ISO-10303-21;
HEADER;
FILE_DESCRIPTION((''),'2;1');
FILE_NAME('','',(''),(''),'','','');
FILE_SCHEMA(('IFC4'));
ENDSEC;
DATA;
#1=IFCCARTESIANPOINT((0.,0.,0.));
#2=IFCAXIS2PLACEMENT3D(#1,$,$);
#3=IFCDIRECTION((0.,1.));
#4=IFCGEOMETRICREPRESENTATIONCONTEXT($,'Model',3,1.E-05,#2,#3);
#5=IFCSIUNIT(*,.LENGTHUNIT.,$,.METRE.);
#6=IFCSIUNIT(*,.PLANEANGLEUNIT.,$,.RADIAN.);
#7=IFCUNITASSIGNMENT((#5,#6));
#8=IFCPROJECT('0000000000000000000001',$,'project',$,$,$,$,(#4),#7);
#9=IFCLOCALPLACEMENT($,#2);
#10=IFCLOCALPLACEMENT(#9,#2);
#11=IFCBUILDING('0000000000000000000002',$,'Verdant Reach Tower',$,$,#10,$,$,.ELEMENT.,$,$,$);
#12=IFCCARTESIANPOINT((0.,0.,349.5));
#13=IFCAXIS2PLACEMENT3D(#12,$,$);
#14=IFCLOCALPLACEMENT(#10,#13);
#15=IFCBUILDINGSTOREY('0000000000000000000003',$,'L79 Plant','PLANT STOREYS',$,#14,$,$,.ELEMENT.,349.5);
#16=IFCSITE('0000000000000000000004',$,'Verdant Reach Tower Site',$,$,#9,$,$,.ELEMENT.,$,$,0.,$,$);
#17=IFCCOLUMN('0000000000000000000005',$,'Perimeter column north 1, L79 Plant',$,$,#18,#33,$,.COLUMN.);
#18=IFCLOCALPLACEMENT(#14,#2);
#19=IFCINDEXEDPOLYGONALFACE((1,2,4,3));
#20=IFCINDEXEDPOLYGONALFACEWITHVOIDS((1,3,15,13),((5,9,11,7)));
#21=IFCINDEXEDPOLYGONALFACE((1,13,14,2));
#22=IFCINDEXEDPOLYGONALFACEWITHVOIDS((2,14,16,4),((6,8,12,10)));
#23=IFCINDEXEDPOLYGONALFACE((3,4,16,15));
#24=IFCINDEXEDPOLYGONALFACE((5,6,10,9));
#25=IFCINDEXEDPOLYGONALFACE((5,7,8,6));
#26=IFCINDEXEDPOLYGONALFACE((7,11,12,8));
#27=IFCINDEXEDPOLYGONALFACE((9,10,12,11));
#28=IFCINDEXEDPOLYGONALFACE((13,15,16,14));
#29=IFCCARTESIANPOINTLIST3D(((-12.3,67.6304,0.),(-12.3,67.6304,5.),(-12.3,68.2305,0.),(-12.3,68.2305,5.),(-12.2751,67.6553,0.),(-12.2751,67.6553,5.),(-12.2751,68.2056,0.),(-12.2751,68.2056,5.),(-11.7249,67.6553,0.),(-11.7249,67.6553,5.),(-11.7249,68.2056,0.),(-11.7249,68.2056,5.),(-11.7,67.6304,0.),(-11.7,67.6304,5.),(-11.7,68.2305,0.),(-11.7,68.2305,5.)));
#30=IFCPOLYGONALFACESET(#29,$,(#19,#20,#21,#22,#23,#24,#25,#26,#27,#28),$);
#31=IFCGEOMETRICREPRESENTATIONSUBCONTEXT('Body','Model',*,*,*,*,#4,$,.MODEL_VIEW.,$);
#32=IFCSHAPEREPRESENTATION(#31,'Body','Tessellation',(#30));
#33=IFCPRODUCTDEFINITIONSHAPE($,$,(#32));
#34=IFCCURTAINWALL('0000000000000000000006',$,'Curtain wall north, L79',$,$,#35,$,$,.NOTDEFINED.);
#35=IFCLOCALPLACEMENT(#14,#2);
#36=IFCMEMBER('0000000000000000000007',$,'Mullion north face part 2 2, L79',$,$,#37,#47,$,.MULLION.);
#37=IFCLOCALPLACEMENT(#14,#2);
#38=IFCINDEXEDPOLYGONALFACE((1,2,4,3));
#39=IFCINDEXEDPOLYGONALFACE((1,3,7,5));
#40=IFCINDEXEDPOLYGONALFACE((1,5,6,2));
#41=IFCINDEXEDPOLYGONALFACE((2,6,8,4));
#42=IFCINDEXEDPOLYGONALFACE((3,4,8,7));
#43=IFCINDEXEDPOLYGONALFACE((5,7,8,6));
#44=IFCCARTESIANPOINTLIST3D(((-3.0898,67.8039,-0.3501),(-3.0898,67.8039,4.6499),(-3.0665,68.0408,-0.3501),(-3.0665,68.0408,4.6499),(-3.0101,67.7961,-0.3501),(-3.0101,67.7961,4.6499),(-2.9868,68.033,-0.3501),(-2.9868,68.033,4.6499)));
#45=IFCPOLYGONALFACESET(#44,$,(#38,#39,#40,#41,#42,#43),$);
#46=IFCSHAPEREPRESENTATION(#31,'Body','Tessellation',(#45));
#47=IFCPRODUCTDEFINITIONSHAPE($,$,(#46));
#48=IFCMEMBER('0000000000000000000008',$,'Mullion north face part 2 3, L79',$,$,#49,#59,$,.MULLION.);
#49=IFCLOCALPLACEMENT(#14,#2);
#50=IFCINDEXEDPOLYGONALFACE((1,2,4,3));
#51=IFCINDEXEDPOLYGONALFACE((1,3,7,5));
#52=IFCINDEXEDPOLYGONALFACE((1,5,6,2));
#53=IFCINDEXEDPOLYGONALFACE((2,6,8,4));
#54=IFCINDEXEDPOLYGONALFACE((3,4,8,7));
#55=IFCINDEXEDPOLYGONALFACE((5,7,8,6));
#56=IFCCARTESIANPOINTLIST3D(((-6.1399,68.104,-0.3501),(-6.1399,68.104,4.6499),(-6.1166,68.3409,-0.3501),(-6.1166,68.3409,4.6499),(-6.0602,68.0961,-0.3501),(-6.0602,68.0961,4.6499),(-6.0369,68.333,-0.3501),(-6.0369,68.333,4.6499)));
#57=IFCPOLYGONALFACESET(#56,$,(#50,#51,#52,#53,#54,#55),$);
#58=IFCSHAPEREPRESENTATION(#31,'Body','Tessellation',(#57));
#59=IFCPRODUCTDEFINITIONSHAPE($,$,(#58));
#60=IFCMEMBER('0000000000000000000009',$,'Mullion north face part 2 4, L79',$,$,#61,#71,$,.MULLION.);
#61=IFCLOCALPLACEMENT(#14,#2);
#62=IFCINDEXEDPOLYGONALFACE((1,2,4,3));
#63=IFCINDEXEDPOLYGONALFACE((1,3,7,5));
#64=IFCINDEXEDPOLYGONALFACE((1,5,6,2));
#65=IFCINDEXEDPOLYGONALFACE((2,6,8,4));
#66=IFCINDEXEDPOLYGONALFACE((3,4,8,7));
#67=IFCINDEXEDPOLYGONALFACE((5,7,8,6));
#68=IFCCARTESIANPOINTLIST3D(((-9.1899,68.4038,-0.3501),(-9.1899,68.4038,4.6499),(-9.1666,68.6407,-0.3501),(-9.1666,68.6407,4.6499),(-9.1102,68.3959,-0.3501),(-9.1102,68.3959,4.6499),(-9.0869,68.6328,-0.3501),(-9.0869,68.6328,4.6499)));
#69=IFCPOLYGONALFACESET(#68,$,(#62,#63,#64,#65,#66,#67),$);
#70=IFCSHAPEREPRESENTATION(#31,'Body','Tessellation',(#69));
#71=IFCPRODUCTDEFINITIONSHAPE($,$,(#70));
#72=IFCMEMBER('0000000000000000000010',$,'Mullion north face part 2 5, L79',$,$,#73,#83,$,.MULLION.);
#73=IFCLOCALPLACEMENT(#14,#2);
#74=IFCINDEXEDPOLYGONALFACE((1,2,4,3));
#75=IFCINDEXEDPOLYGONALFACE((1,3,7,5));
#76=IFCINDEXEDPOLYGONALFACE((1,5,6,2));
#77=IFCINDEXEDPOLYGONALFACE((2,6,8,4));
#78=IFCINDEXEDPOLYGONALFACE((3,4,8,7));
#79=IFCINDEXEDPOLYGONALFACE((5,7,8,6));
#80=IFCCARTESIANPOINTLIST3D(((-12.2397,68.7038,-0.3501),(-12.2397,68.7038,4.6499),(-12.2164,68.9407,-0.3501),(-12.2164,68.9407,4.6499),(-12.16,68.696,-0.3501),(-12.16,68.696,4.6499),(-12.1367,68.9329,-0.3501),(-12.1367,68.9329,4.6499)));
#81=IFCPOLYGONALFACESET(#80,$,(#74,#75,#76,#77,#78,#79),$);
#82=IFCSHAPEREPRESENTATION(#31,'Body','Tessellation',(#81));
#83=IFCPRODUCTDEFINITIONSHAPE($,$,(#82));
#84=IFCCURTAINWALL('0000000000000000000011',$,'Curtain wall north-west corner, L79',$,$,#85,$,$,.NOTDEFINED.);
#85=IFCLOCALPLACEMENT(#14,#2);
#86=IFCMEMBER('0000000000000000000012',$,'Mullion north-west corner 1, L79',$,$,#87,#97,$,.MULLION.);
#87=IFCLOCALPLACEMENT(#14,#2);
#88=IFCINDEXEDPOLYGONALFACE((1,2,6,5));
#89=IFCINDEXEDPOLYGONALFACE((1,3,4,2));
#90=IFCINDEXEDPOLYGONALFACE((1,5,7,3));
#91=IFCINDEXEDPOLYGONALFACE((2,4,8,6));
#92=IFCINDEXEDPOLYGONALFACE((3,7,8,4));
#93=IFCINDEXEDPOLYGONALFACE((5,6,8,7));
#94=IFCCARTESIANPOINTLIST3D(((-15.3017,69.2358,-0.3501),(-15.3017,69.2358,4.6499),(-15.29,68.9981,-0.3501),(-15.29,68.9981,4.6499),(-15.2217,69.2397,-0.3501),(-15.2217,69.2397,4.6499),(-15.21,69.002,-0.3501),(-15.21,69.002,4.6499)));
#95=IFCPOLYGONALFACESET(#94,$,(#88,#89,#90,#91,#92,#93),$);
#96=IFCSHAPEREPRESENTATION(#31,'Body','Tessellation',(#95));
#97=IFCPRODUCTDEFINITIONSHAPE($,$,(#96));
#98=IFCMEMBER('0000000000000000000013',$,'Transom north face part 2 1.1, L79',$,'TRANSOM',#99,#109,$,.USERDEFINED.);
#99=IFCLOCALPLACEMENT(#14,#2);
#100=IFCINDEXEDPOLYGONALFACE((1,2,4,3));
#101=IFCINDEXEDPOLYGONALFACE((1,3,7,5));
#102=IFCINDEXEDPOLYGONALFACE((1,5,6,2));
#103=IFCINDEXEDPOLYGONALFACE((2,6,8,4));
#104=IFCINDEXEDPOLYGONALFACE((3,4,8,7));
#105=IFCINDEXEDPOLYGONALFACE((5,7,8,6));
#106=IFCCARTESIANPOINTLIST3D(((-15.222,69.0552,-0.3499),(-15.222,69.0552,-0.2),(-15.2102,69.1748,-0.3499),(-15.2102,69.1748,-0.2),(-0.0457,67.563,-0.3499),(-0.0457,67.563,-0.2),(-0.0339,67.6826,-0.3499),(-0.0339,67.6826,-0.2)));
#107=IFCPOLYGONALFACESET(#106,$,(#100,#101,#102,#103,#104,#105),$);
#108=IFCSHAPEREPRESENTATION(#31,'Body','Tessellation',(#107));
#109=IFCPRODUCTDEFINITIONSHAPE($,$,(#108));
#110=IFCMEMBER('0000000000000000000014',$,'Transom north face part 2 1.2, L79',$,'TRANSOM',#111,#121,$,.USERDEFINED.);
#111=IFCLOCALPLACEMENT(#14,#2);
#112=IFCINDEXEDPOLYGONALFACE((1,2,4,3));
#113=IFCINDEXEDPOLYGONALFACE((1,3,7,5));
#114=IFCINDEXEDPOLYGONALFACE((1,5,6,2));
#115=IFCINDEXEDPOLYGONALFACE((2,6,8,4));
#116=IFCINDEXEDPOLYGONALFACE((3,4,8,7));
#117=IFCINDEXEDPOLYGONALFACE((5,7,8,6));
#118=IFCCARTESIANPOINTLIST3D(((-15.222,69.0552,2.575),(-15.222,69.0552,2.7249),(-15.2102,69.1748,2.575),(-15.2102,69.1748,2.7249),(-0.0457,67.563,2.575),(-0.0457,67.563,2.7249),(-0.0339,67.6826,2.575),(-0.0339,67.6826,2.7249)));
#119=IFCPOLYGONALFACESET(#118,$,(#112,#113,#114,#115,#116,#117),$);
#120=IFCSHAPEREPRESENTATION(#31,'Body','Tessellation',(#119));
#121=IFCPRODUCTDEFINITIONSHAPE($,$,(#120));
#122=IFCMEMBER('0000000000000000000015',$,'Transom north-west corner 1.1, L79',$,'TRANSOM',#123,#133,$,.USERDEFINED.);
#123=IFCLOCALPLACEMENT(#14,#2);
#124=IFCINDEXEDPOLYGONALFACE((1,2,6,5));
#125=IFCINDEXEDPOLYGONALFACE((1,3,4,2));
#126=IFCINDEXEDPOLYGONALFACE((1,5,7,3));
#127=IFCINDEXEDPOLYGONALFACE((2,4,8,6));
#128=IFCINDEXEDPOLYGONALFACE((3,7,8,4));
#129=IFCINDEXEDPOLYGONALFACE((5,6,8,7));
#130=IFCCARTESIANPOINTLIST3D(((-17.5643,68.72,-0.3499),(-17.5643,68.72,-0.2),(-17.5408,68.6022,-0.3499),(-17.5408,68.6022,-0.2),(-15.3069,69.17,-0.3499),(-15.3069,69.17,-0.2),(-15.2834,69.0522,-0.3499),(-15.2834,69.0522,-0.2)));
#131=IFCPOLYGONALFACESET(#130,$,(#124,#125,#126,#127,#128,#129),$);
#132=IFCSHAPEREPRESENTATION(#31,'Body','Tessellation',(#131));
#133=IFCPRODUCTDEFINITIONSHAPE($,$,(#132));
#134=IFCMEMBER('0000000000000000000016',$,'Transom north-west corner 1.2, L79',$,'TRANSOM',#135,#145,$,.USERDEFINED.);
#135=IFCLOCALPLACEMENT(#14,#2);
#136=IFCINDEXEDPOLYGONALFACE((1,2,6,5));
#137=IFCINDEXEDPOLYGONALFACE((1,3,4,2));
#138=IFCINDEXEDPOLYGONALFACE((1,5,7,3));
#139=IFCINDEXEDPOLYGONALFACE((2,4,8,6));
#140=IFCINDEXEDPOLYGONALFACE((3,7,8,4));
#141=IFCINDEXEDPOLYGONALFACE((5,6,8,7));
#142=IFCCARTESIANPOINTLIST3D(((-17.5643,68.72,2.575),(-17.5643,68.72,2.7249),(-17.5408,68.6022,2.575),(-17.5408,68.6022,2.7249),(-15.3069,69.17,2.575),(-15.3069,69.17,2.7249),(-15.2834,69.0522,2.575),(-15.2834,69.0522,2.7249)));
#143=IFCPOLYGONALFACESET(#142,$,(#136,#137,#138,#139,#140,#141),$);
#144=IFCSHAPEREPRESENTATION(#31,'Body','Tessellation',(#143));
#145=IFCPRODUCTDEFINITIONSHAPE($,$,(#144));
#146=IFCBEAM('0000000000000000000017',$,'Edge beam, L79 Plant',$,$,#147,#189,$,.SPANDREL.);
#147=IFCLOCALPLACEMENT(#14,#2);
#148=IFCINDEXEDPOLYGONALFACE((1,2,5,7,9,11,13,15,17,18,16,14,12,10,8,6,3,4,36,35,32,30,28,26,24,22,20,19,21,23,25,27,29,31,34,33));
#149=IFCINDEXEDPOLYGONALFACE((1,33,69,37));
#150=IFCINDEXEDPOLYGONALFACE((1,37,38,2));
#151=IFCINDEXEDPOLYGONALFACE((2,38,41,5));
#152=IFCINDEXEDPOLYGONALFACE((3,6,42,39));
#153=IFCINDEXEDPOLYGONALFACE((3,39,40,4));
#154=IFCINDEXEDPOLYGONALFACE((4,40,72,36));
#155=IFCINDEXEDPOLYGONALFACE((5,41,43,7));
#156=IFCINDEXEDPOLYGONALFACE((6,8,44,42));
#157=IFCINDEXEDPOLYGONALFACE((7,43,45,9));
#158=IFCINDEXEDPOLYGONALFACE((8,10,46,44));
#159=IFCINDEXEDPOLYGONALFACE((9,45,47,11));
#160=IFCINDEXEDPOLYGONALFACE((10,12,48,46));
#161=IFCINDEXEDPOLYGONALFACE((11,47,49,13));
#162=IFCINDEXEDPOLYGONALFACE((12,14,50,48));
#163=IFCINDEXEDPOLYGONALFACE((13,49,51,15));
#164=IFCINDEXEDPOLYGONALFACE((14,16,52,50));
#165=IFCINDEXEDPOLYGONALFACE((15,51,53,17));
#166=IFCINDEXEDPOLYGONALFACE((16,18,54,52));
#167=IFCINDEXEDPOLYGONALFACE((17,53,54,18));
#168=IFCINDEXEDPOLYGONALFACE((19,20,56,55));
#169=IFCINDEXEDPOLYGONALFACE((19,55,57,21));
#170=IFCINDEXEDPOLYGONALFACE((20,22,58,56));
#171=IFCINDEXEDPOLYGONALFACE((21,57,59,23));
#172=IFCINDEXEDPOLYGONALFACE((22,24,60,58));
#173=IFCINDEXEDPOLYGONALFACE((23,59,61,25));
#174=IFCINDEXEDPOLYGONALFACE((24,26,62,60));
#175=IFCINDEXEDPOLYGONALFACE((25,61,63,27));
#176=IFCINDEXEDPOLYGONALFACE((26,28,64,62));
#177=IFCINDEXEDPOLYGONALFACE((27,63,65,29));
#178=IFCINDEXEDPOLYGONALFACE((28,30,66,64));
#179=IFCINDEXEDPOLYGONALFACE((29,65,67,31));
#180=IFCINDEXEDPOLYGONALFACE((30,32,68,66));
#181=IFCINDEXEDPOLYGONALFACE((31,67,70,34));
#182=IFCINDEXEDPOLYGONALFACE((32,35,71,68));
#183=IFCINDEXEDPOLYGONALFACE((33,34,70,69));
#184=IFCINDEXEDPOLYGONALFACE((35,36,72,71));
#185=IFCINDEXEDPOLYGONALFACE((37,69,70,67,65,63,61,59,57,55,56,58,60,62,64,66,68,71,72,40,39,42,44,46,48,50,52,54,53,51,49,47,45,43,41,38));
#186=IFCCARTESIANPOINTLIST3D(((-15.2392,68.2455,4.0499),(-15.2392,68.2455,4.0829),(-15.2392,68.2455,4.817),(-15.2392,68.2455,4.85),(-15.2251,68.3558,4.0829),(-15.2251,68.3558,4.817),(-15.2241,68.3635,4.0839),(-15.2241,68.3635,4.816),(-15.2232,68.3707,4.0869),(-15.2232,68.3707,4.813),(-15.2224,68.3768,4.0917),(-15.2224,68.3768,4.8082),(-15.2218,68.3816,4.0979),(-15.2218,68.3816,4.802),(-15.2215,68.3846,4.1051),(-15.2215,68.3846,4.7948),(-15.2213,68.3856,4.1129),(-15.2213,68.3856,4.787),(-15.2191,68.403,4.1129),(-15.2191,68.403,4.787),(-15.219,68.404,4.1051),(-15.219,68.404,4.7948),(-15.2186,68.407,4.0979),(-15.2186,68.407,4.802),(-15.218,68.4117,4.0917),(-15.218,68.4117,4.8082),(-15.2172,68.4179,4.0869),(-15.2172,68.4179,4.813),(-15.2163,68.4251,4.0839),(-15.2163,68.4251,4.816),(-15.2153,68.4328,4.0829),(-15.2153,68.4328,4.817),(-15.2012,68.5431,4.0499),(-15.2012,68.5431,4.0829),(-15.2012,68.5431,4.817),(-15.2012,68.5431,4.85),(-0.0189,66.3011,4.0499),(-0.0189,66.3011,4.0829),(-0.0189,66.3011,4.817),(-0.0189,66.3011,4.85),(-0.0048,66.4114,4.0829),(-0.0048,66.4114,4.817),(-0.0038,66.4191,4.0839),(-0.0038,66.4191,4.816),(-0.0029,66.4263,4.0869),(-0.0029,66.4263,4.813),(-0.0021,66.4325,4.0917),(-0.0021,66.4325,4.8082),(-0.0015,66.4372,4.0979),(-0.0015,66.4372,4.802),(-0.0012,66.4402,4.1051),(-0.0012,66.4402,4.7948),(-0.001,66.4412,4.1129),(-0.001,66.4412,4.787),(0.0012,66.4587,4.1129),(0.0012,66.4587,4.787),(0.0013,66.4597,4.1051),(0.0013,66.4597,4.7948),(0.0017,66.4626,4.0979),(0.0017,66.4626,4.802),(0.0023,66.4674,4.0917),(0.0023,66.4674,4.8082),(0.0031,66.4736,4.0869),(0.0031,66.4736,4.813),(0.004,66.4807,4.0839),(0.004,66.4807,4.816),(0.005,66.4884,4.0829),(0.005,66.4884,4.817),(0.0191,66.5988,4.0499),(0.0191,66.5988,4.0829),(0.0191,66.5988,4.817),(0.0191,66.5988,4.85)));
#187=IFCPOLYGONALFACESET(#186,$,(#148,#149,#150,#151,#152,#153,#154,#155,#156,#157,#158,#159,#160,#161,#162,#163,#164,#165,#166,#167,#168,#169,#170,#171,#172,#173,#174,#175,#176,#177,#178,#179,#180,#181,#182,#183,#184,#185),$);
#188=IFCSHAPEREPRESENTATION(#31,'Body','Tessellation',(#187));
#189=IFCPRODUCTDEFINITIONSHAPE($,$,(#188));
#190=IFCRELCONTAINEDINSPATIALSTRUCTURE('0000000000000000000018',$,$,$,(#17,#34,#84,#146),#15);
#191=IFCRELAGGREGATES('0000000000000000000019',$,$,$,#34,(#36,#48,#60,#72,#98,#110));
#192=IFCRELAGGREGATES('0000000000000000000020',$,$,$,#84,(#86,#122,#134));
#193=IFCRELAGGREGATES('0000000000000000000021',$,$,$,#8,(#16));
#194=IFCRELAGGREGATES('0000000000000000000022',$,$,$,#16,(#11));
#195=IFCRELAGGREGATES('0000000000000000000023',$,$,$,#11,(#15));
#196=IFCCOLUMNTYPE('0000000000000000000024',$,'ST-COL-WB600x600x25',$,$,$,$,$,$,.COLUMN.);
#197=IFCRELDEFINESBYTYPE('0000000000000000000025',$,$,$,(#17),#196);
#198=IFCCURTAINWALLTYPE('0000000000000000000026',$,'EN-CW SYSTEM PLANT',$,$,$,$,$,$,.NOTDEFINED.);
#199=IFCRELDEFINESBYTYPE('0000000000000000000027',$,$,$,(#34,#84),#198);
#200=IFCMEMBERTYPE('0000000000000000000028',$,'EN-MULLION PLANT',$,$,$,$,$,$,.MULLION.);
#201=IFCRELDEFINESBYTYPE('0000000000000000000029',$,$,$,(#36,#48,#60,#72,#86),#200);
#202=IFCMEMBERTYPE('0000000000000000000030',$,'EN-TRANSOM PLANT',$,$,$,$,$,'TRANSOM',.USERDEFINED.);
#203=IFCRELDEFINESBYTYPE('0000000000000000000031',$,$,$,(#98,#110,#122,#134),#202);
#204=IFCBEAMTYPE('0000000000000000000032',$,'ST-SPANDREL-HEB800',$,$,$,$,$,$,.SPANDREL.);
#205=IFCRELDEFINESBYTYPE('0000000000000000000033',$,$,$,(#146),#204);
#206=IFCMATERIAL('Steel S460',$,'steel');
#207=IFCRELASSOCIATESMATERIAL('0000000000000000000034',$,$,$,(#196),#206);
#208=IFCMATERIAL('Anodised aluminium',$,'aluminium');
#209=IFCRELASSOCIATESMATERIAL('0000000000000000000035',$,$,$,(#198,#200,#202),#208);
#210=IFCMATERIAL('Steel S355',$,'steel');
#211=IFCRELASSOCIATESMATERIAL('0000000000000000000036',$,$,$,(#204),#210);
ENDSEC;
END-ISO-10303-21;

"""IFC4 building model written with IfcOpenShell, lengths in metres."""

from ifc_helpers import new_model, si_unit, direction, frame, origin, origin_2d, place, context, subcontext, project, spatial, rectangle, hollow_rectangle, i_section, extrude, material, material_profile, profile_set, type_object, element, aggregate, save


model = new_model("IFC4")

# Units and contexts
model_context = context("Model", 3, precision=1e-05, world=origin(), true_north=direction((0.0, 1.0)))
body_context = subcontext(model_context, "Body", "Model", "MODEL_VIEW")
ifc_project = project(units=[si_unit("LENGTHUNIT", "METRE"), si_unit("PLANEANGLEUNIT", "RADIAN")], contexts=[model_context])

# Site, building, storey
site_placement = place(None, origin())
site = spatial("IfcSite", under=ifc_project, at=site_placement, Name="Verdant Reach Tower Site", CompositionType="ELEMENT", RefElevation=0.0)
building_placement = place(site_placement, origin())
building = spatial("IfcBuilding", under=site, at=building_placement, Name="Verdant Reach Tower", CompositionType="ELEMENT")
storey_placement = place(building_placement, frame((0.0, 0.0, 349.5)))
storey = spatial("IfcBuildingStorey", under=building, at=storey_placement, Name="L79 Plant", Description="PLANT STOREYS", CompositionType="ELEMENT", Elevation=349.5)

# Column
ifc_material_1 = material(Name="Steel S460", Category="steel")
ifc_material_profile_1 = material_profile(ifc_material_1, hollow_rectangle(XDim=0.6001, YDim=0.6001, WallThickness=0.0249, at=origin_2d()), Name="WB 600x600x25")
ifc_profile_set_1 = profile_set([ifc_material_profile_1], Name="Steel S460")
column_type = type_object("IfcColumnType", Name="ST-COL-WB600x600x25", PredefinedType="COLUMN", material=ifc_profile_set_1)
column_placement = place(storey_placement, frame((-12.0, 67.9304, 0.0), z_axis=(0.0, 0.0, 1.0), x_axis=(1.0, 0.0, 0.0)))
element("IfcColumn", 1, at=column_placement, inside=storey, type_object=column_type, Name="Perimeter column north 1, L79 Plant", PredefinedType="COLUMN", context=body_context, shape_type="SweptSolid", body=[
    extrude(hollow_rectangle(XDim=0.6001, YDim=0.6001, WallThickness=0.0249, at=origin_2d()), origin(), (0.0, 0.0, 1.0), 5.0),
])

# Curtain wall, members
ifc_material_2 = material(Name="Anodised aluminium", Category="aluminium")
curtain_wall_type = type_object("IfcCurtainWallType", Name="EN-CW SYSTEM PLANT", PredefinedType="NOTDEFINED", material=ifc_material_2)
curtain_wall_1_placement = place(storey_placement, origin())
curtain_wall_1 = element("IfcCurtainWall", 2, at=curtain_wall_1_placement, inside=storey, type_object=curtain_wall_type, Name="Curtain wall north, L79", PredefinedType="NOTDEFINED")
ifc_material_profile_2 = material_profile(ifc_material_2, rectangle(XDim=0.238, YDim=0.0801, at=origin_2d()), Name="Mullion 80x240")
ifc_profile_set_2 = profile_set([ifc_material_profile_2], Name="Anodised aluminium")
member_type_1 = type_object("IfcMemberType", Name="EN-MULLION PLANT", PredefinedType="MULLION", material=ifc_profile_set_2)
member_1_placement = place(storey_placement, frame((-3.0383, 67.9185, -0.3501), z_axis=(0.0, 0.0, 1.0), x_axis=(0.097888, 0.995197, 0.0)))
member_1 = element("IfcMember", 3, at=member_1_placement, type_object=member_type_1, Name="Mullion north face part 2 2, L79", PredefinedType="MULLION", context=body_context, shape_type="SweptSolid", body=[
    extrude(rectangle(XDim=0.238, YDim=0.0801, at=origin_2d()), origin(), (0.0, 0.0, 1.0), 5.0),
])
member_2_placement = place(storey_placement, frame((-6.0884, 68.2185, -0.3501), z_axis=(0.0, 0.0, 1.0), x_axis=(0.097888, 0.995197, 0.0)))
member_2 = element("IfcMember", 4, at=member_2_placement, type_object=member_type_1, Name="Mullion north face part 2 3, L79", PredefinedType="MULLION", context=body_context, shape_type="SweptSolid", body=[
    extrude(rectangle(XDim=0.238, YDim=0.0801, at=origin_2d()), origin(), (0.0, 0.0, 1.0), 5.0),
])
member_3_placement = place(storey_placement, frame((-9.1384, 68.5183, -0.3501), z_axis=(0.0, 0.0, 1.0), x_axis=(0.097888, 0.995197, 0.0)))
member_3 = element("IfcMember", 5, at=member_3_placement, type_object=member_type_1, Name="Mullion north face part 2 4, L79", PredefinedType="MULLION", context=body_context, shape_type="SweptSolid", body=[
    extrude(rectangle(XDim=0.238, YDim=0.0801, at=origin_2d()), origin(), (0.0, 0.0, 1.0), 5.0),
])
member_4_placement = place(storey_placement, frame((-12.1882, 68.8184, -0.3501), z_axis=(0.0, 0.0, 1.0), x_axis=(0.097888, 0.995197, 0.0)))
member_4 = element("IfcMember", 6, at=member_4_placement, type_object=member_type_1, Name="Mullion north face part 2 5, L79", PredefinedType="MULLION", context=body_context, shape_type="SweptSolid", body=[
    extrude(rectangle(XDim=0.238, YDim=0.0801, at=origin_2d()), origin(), (0.0, 0.0, 1.0), 5.0),
])

# Curtain wall, member
curtain_wall_2_placement = place(storey_placement, origin())
curtain_wall_2 = element("IfcCurtainWall", 7, at=curtain_wall_2_placement, inside=storey, type_object=curtain_wall_type, Name="Curtain wall north-west corner, L79", PredefinedType="NOTDEFINED")
member_5_placement = place(storey_placement, frame((-15.2559, 69.1189, -0.3501), z_axis=(0.0, 0.0, 1.0), x_axis=(-0.049128, 0.998793, 0.0)))
member_5 = element("IfcMember", 8, at=member_5_placement, type_object=member_type_1, Name="Mullion north-west corner 1, L79", PredefinedType="MULLION", context=body_context, shape_type="SweptSolid", body=[
    extrude(rectangle(XDim=0.238, YDim=0.0801, at=origin_2d()), origin(), (0.0, 0.0, 1.0), 5.0),
])

# Members
ifc_material_profile_3 = material_profile(ifc_material_2, rectangle(XDim=0.1201, YDim=0.1499, at=origin_2d()), Name="Transom 150x120")
ifc_profile_set_3 = profile_set([ifc_material_profile_3], Name="Anodised aluminium")
member_type_2 = type_object("IfcMemberType", Name="EN-TRANSOM PLANT", ElementType="TRANSOM", PredefinedType="USERDEFINED", material=ifc_profile_set_3)
member_6_placement = place(storey_placement, frame((-0.0398, 67.6228, -0.2749), z_axis=(-0.995201, 0.097852, 0.0), x_axis=(-0.097852, -0.995201, 0.0)))
member_6 = element("IfcMember", 9, at=member_6_placement, type_object=member_type_2, Name="Transom north face part 2 1.1, L79", ObjectType="TRANSOM", PredefinedType="USERDEFINED", context=body_context, shape_type="SweptSolid", body=[
    extrude(rectangle(XDim=0.1201, YDim=0.1499, at=origin_2d()), origin(), (0.0, 0.0, 1.0), 15.2495),
])
member_7_placement = place(storey_placement, frame((-0.0398, 67.6228, 2.6499), z_axis=(-0.995201, 0.097852, 0.0), x_axis=(-0.097852, -0.995201, 0.0)))
member_7 = element("IfcMember", 10, at=member_7_placement, type_object=member_type_2, Name="Transom north face part 2 1.2, L79", ObjectType="TRANSOM", PredefinedType="USERDEFINED", context=body_context, shape_type="SweptSolid", body=[
    extrude(rectangle(XDim=0.1201, YDim=0.1499, at=origin_2d()), origin(), (0.0, 0.0, 1.0), 15.2495),
])
member_8_placement = place(storey_placement, frame((-15.2952, 69.1111, -0.2749), z_axis=(-0.980707, -0.195484, 0.0), x_axis=(0.195484, -0.980707, 0.0)))
member_8 = element("IfcMember", 11, at=member_8_placement, type_object=member_type_2, Name="Transom north-west corner 1.1, L79", ObjectType="TRANSOM", PredefinedType="USERDEFINED", context=body_context, shape_type="SweptSolid", body=[
    extrude(rectangle(XDim=0.1201, YDim=0.1499, at=origin_2d()), origin(), (0.0, 0.0, 1.0), 2.3018),
])
member_9_placement = place(storey_placement, frame((-15.2952, 69.1111, 2.6499), z_axis=(-0.980707, -0.195484, 0.0), x_axis=(0.195484, -0.980707, 0.0)))
member_9 = element("IfcMember", 12, at=member_9_placement, type_object=member_type_2, Name="Transom north-west corner 1.2, L79", ObjectType="TRANSOM", PredefinedType="USERDEFINED", context=body_context, shape_type="SweptSolid", body=[
    extrude(rectangle(XDim=0.1201, YDim=0.1499, at=origin_2d()), origin(), (0.0, 0.0, 1.0), 2.3018),
])

# Beam
ifc_material_3 = material(Name="Steel S355", Category="steel")
ifc_material_profile_4 = material_profile(ifc_material_3, i_section(OverallWidth=0.3, OverallDepth=0.8, WebThickness=0.0176, FlangeThickness=0.033, FilletRadius=0.03, at=origin_2d()), Name="HEB 800")
ifc_profile_set_4 = profile_set([ifc_material_profile_4], Name="Steel S355")
beam_type = type_object("IfcBeamType", Name="ST-SPANDREL-HEB800", PredefinedType="SPANDREL", material=ifc_profile_set_4)
beam_placement = place(storey_placement, frame((-15.2202, 68.3943, 4.45), z_axis=(0.991939, -0.126717, 0.0), x_axis=(0.126717, 0.991939, 0.0)))
element("IfcBeam", 13, at=beam_placement, inside=storey, type_object=beam_type, Name="Edge beam, L79 Plant", PredefinedType="SPANDREL", context=body_context, shape_type="SweptSolid", body=[
    extrude(i_section(OverallWidth=0.3, OverallDepth=0.8, WebThickness=0.0176, FlangeThickness=0.033, FilletRadius=0.03, at=origin_2d()), origin(), (0.0, 0.0, 1.0), 15.344),
])

aggregate(curtain_wall_1, [member_1, member_2, member_3, member_4, member_6, member_7])
aggregate(curtain_wall_2, [member_5, member_8, member_9])

save(model, "model.ifc")
